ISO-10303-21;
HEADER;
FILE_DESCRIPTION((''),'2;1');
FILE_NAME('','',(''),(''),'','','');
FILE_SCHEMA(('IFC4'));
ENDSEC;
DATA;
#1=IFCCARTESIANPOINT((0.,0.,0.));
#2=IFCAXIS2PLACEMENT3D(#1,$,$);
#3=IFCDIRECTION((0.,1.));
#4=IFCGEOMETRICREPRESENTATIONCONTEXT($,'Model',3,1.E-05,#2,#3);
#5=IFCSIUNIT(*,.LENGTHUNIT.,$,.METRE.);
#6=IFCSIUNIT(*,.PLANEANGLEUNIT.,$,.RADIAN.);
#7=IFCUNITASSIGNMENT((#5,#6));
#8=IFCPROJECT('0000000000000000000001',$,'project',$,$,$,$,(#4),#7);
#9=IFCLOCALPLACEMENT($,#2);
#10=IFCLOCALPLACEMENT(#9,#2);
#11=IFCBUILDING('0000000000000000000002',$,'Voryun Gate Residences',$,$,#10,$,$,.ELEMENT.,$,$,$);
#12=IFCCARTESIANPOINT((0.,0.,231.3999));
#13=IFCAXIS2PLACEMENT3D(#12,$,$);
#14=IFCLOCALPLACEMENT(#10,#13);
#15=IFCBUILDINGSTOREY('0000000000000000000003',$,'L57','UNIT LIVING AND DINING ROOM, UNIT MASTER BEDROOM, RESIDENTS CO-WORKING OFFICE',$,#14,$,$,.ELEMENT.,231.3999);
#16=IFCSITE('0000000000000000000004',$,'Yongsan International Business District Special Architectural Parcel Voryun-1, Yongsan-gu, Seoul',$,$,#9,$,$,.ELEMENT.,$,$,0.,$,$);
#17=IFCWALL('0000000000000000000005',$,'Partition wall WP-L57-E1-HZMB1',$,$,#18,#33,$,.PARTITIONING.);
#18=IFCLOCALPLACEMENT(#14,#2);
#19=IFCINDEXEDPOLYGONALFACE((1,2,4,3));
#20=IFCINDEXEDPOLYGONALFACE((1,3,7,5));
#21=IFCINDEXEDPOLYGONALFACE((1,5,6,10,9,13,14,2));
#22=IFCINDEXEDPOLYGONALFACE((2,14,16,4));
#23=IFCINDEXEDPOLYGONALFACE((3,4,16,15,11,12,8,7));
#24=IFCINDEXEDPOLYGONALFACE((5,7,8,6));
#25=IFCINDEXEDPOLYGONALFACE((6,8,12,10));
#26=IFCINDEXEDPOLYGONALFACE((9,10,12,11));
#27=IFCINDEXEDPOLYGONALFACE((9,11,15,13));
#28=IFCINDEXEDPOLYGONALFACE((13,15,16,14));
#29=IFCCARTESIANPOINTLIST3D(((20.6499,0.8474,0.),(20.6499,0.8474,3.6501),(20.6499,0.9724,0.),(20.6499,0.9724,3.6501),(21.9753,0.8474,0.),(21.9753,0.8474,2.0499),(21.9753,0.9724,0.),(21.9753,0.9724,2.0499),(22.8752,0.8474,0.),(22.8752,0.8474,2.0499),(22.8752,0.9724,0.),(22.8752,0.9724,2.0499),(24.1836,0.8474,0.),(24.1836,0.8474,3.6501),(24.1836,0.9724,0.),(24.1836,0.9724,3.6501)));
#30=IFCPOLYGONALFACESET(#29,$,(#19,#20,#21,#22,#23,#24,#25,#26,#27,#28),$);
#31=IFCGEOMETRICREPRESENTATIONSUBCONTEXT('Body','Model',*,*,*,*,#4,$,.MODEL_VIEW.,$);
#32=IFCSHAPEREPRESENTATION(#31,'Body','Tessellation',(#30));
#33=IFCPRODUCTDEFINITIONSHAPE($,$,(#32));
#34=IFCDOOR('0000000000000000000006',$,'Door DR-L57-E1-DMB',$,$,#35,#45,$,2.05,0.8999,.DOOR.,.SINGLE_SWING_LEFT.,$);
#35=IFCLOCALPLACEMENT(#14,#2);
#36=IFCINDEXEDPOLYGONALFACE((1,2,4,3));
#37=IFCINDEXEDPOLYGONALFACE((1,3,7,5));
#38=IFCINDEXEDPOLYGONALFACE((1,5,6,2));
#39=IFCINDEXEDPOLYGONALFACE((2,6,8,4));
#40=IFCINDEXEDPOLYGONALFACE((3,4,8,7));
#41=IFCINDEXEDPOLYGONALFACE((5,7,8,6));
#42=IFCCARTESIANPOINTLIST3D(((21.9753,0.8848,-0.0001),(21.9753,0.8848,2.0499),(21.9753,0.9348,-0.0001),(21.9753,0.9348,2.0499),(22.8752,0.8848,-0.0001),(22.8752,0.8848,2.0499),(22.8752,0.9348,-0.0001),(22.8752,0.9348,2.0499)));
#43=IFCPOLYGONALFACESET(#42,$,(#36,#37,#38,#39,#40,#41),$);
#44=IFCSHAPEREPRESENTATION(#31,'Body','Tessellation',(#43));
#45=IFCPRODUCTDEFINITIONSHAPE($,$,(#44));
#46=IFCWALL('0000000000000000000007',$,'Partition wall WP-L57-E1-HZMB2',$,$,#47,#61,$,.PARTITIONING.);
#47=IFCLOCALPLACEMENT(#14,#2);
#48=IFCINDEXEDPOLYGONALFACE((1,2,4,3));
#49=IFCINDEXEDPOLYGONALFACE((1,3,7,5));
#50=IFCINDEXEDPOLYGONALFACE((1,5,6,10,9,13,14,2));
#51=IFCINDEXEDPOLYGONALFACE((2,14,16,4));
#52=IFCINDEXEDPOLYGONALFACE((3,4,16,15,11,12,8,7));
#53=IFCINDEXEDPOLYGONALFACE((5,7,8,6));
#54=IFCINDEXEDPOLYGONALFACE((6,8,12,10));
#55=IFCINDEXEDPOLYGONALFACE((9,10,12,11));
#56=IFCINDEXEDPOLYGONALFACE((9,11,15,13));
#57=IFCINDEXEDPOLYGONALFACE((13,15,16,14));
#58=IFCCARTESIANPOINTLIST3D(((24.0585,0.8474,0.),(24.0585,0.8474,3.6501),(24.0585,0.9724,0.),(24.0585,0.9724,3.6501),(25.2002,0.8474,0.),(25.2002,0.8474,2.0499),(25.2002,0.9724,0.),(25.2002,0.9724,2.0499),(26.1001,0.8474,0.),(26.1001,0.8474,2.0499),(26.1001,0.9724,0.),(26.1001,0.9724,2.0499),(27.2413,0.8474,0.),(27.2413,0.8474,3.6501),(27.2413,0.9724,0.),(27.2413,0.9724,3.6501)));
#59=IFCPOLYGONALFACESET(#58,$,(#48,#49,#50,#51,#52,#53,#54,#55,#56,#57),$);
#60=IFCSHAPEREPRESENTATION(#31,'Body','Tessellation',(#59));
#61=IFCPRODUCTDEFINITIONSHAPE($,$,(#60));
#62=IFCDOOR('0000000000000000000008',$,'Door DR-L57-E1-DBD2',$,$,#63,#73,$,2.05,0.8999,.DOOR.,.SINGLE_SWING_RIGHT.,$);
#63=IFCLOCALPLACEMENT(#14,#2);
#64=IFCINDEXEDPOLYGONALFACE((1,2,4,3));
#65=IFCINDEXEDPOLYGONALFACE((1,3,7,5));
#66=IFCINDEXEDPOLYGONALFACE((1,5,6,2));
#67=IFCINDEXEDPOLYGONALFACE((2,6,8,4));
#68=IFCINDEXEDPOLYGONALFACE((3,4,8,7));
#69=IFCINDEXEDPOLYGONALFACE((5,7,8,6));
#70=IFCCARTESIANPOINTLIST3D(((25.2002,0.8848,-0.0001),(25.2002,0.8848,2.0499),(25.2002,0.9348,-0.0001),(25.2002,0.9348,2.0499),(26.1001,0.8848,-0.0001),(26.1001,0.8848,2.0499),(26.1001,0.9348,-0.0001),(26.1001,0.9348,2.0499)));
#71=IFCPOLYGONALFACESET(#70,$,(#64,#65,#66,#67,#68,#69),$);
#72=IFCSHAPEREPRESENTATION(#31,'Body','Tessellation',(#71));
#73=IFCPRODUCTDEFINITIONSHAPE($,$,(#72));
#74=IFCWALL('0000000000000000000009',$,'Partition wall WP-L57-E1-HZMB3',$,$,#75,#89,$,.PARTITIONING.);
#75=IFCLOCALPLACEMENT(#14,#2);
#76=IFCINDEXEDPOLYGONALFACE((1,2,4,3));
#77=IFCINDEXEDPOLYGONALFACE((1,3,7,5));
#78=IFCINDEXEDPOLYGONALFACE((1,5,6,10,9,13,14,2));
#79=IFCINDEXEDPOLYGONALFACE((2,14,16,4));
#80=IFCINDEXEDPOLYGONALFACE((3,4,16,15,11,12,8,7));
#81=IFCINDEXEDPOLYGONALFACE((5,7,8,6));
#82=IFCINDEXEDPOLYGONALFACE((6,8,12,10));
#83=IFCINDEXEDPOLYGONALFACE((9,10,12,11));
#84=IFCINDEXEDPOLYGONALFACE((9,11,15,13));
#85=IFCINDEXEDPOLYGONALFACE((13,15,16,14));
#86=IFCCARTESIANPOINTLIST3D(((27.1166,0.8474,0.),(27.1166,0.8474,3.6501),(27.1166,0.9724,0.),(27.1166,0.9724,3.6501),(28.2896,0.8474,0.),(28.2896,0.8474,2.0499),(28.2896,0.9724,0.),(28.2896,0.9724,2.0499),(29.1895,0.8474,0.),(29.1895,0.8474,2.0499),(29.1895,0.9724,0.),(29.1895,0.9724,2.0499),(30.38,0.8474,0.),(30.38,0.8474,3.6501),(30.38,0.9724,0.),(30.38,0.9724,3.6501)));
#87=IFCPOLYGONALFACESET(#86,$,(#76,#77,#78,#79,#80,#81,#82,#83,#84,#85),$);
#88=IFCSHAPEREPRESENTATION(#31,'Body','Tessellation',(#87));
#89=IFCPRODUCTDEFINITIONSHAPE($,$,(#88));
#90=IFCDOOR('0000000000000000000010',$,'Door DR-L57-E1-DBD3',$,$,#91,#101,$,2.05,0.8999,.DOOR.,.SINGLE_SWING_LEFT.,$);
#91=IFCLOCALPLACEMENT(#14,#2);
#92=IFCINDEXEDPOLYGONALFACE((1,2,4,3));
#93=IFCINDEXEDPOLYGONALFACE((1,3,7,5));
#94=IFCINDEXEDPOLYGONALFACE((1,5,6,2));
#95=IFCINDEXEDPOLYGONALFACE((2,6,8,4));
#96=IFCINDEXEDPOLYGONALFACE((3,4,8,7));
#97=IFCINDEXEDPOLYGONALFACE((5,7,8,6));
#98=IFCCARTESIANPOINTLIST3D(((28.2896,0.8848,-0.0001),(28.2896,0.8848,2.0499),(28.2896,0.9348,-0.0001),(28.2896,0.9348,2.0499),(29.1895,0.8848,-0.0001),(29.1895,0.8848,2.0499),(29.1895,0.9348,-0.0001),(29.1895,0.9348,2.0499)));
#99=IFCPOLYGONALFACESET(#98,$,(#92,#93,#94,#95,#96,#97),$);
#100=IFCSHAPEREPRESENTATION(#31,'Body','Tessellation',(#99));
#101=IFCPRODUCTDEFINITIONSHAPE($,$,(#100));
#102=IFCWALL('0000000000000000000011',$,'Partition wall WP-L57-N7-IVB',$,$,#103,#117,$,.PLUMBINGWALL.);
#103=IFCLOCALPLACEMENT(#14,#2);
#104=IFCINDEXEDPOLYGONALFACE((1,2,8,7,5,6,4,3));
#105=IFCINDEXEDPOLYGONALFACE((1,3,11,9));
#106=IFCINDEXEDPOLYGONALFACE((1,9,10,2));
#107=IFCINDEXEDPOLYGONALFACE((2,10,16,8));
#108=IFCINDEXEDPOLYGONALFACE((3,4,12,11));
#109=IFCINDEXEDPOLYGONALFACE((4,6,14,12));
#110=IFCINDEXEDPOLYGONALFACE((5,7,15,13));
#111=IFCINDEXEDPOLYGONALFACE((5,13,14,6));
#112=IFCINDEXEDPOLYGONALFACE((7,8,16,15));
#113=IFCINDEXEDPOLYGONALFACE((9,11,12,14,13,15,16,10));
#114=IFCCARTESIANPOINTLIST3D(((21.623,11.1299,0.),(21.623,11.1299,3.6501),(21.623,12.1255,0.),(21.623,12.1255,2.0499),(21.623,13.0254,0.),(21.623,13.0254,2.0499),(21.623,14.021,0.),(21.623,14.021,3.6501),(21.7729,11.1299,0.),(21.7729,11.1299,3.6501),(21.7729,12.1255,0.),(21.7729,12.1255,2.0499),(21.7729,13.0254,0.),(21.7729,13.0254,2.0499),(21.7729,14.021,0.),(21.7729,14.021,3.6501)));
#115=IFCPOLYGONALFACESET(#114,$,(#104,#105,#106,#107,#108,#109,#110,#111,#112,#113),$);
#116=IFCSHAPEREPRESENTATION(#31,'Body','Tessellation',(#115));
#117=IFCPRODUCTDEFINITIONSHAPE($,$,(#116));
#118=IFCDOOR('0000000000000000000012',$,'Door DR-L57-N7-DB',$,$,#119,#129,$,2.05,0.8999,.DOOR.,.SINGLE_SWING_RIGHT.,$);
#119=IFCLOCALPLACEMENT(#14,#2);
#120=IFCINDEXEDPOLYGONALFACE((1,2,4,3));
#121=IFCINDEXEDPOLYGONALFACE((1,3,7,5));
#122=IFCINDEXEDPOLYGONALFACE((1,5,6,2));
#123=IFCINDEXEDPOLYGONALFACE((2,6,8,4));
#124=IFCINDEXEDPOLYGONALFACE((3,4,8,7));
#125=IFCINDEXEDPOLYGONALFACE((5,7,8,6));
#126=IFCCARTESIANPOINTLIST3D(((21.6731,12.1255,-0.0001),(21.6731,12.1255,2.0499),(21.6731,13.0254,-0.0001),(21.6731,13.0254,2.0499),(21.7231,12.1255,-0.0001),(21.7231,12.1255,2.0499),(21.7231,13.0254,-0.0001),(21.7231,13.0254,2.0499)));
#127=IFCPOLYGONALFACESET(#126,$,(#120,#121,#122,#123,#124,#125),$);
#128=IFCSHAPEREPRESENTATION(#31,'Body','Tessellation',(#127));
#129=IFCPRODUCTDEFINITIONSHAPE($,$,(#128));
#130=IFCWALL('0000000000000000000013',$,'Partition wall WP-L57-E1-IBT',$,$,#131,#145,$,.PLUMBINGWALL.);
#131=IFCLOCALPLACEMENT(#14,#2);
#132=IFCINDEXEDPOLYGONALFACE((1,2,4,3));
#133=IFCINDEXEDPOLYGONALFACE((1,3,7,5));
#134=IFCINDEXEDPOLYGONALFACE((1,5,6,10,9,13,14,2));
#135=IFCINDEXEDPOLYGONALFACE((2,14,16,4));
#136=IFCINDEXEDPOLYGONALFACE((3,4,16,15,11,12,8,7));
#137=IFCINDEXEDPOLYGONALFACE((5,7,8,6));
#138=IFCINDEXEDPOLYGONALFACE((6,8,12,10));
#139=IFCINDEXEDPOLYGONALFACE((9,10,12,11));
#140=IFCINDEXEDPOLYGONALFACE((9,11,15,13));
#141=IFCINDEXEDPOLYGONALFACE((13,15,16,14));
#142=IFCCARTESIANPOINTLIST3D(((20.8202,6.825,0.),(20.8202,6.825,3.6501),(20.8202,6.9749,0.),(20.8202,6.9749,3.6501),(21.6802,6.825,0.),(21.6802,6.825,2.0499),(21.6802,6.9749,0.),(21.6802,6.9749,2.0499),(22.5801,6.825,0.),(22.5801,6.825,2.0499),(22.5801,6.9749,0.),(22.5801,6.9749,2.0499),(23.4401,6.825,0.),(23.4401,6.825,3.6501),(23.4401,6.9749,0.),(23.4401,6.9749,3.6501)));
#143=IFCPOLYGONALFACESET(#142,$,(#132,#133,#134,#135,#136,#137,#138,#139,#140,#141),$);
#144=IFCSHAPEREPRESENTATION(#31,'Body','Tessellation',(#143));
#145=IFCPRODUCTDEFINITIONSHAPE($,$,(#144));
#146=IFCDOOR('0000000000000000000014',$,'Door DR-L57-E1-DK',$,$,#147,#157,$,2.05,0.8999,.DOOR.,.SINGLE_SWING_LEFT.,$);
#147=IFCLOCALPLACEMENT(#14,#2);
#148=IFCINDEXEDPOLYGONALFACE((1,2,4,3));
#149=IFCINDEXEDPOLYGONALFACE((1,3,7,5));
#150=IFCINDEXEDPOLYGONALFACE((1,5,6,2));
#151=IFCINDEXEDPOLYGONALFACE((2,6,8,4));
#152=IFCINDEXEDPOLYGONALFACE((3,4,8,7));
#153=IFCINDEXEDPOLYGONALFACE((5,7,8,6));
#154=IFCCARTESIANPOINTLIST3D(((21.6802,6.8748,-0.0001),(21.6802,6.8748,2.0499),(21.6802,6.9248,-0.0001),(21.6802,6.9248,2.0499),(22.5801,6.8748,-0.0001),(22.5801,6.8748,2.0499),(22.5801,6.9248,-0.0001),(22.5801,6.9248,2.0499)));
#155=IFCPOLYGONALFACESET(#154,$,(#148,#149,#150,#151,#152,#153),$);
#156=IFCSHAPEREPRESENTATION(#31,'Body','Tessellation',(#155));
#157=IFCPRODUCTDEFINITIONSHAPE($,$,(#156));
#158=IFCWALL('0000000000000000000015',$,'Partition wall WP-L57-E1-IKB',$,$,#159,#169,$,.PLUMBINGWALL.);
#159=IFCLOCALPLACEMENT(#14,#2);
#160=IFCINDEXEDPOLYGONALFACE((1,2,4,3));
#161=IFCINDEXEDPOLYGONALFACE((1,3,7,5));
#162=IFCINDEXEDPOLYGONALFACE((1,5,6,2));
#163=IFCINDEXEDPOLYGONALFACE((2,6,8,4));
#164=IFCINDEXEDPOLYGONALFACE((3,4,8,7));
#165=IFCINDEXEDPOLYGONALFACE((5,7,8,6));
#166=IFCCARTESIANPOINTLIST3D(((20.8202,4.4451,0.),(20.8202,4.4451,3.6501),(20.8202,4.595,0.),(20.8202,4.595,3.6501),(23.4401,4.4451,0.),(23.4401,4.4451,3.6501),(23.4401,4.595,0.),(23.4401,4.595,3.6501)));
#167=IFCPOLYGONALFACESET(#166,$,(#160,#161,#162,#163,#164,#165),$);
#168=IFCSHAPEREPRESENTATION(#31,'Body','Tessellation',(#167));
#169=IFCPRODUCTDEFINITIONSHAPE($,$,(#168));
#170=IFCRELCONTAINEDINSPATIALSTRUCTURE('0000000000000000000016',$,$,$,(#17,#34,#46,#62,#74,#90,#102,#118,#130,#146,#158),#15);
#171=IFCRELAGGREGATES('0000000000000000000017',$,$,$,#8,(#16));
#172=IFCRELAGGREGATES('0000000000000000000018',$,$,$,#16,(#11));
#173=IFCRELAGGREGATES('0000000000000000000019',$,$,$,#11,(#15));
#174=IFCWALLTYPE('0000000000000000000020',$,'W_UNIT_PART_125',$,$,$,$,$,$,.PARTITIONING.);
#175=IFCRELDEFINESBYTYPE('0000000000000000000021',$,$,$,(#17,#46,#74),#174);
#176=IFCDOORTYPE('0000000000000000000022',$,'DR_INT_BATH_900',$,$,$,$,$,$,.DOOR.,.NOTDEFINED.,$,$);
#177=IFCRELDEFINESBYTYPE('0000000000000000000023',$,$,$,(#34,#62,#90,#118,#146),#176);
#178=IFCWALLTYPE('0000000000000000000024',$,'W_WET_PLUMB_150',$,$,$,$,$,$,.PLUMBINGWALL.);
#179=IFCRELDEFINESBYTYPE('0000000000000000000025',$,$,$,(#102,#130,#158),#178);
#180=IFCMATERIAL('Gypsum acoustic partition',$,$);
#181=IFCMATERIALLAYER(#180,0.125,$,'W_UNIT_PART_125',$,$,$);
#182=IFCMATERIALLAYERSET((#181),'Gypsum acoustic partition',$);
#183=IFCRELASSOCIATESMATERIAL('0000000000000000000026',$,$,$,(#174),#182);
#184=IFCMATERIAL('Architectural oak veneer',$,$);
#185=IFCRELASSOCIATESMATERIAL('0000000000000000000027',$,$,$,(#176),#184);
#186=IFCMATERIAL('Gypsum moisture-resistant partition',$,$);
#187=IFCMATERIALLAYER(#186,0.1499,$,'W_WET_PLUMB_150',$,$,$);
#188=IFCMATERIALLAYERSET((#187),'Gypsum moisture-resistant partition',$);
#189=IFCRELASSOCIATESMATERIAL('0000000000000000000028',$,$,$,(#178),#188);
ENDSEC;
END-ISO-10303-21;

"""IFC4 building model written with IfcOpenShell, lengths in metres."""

from ifc_helpers import new_model, si_unit, direction, frame, frame_2d, origin, place, context, subcontext, project, spatial, rectangle, extrude, material, layer, layer_set, type_object, element, fill, save


model = new_model("IFC4")

# Units and contexts
model_context = context("Model", 3, precision=1e-05, world=origin(), true_north=direction((0.0, 1.0)))
body_context = subcontext(model_context, "Body", "Model", "MODEL_VIEW")
ifc_project = project(units=[si_unit("LENGTHUNIT", "METRE"), si_unit("PLANEANGLEUNIT", "RADIAN")], contexts=[model_context])

# Site, building, storey
site_placement = place(None, origin())
site = spatial("IfcSite", under=ifc_project, at=site_placement, Name="Yongsan International Business District Special Architectural Parcel Voryun-1, Yongsan-gu, Seoul", CompositionType="ELEMENT", RefElevation=0.0)
building_placement = place(site_placement, origin())
building = spatial("IfcBuilding", under=site, at=building_placement, Name="Voryun Gate Residences", CompositionType="ELEMENT")
storey_placement = place(building_placement, frame((0.0, 0.0, 231.3999)))
storey = spatial("IfcBuildingStorey", under=building, at=storey_placement, Name="L57", Description="UNIT LIVING AND DINING ROOM, UNIT MASTER BEDROOM, RESIDENTS CO-WORKING OFFICE", CompositionType="ELEMENT", Elevation=231.3999)

# Walls, openings, doors
ifc_material_1 = material(Name="Gypsum acoustic partition")
ifc_layer_1 = layer(ifc_material_1, 0.125, Name="W_UNIT_PART_125")
ifc_layer_set_1 = layer_set([ifc_layer_1], Name="Gypsum acoustic partition")
wall_type_1 = type_object("IfcWallType", Name="W_UNIT_PART_125", PredefinedType="PARTITIONING", material=ifc_layer_set_1)
wall_1_placement = place(storey_placement, frame((20.6499, 0.9099, 0.0), z_axis=(0.0, 0.0, 1.0), x_axis=(1.0, 0.0, 0.0)))
wall_1 = element("IfcWall", 1, at=wall_1_placement, inside=storey, type_object=wall_type_1, Name="Partition wall WP-L57-E1-HZMB1", PredefinedType="PARTITIONING", context=body_context, shape_type="SweptSolid", body=[
    extrude(rectangle(XDim=3.5337, YDim=0.125, at=frame_2d((1.7668, 0.0))), origin(), (0.0, 0.0, 1.0), 3.6501),
])
opening_1_placement = place(wall_1_placement, frame((1.3254, 0.0, 0.0)))
opening_1 = element("IfcOpeningElement", 2, at=opening_1_placement, cuts=wall_1, PredefinedType="OPENING", context=body_context, shape_type="SweptSolid", body=[
    extrude(rectangle(XDim=0.8999, YDim=2.05, at=frame_2d((0.45, 1.0249))), frame((0.0, 0.0725, 0.0), z_axis=(0.0, -1.0, 0.0), x_axis=(1.0, 0.0, 0.0)), (0.0, 0.0, 1.0), 0.145),
])
ifc_material_2 = material(Name="Architectural oak veneer")
door_type_1 = type_object("IfcDoorType", Name="DR_INT_BATH_900", OperationType="NOTDEFINED", PredefinedType="DOOR", material=ifc_material_2)
door_1_placement = place(opening_1_placement, origin())
door_1 = element("IfcDoor", 3, at=door_1_placement, inside=storey, type_object=door_type_1, Name="Door DR-L57-E1-DMB", OperationType="SINGLE_SWING_LEFT", OverallHeight=2.05, OverallWidth=0.8999, PredefinedType="DOOR", context=body_context, shape_type="SweptSolid", body=[
    extrude(rectangle(XDim=0.8999, YDim=2.05, at=frame_2d((0.45, 1.0249))), frame((0.0, 0.0249, 0.0), z_axis=(0.0, -1.0, 0.0), x_axis=(1.0, 0.0, 0.0)), (0.0, 0.0, 1.0), 0.05),
])
fill(opening_1, door_1)
wall_2_placement = place(storey_placement, frame((24.0586, 0.9099, 0.0), z_axis=(0.0, 0.0, 1.0), x_axis=(1.0, 0.0, 0.0)))
wall_2 = element("IfcWall", 4, at=wall_2_placement, inside=storey, type_object=wall_type_1, Name="Partition wall WP-L57-E1-HZMB2", PredefinedType="PARTITIONING", context=body_context, shape_type="SweptSolid", body=[
    extrude(rectangle(XDim=3.1829, YDim=0.125, at=frame_2d((1.5913, 0.0))), origin(), (0.0, 0.0, 1.0), 3.6501),
])
opening_2_placement = place(wall_2_placement, frame((1.1416, 0.0, 0.0)))
opening_2 = element("IfcOpeningElement", 5, at=opening_2_placement, cuts=wall_2, PredefinedType="OPENING", context=body_context, shape_type="SweptSolid", body=[
    extrude(rectangle(XDim=0.8999, YDim=2.05, at=frame_2d((0.45, 1.0249))), frame((0.0, 0.0725, 0.0), z_axis=(0.0, -1.0, 0.0), x_axis=(1.0, 0.0, 0.0)), (0.0, 0.0, 1.0), 0.145),
])
door_2_placement = place(opening_2_placement, origin())
door_2 = element("IfcDoor", 6, at=door_2_placement, inside=storey, type_object=door_type_1, Name="Door DR-L57-E1-DBD2", OperationType="SINGLE_SWING_RIGHT", OverallHeight=2.05, OverallWidth=0.8999, PredefinedType="DOOR", context=body_context, shape_type="SweptSolid", body=[
    extrude(rectangle(XDim=0.8999, YDim=2.05, at=frame_2d((0.45, 1.0249))), frame((0.0, 0.0249, 0.0), z_axis=(0.0, -1.0, 0.0), x_axis=(1.0, 0.0, 0.0)), (0.0, 0.0, 1.0), 0.05),
])
fill(opening_2, door_2)
wall_3_placement = place(storey_placement, frame((27.1165, 0.9099, 0.0), z_axis=(0.0, 0.0, 1.0), x_axis=(1.0, 0.0, 0.0)))
wall_3 = element("IfcWall", 7, at=wall_3_placement, inside=storey, type_object=wall_type_1, Name="Partition wall WP-L57-E1-HZMB3", PredefinedType="PARTITIONING", context=body_context, shape_type="SweptSolid", body=[
    extrude(rectangle(XDim=3.2634, YDim=0.125, at=frame_2d((1.6318, 0.0))), origin(), (0.0, 0.0, 1.0), 3.6501),
])
opening_3_placement = place(wall_3_placement, frame((1.1731, 0.0, 0.0)))
opening_3 = element("IfcOpeningElement", 8, at=opening_3_placement, cuts=wall_3, PredefinedType="OPENING", context=body_context, shape_type="SweptSolid", body=[
    extrude(rectangle(XDim=0.8999, YDim=2.05, at=frame_2d((0.45, 1.0249))), frame((0.0, 0.0725, 0.0), z_axis=(0.0, -1.0, 0.0), x_axis=(1.0, 0.0, 0.0)), (0.0, 0.0, 1.0), 0.145),
])
door_3_placement = place(opening_3_placement, origin())
door_3 = element("IfcDoor", 9, at=door_3_placement, inside=storey, type_object=door_type_1, Name="Door DR-L57-E1-DBD3", OperationType="SINGLE_SWING_LEFT", OverallHeight=2.05, OverallWidth=0.8999, PredefinedType="DOOR", context=body_context, shape_type="SweptSolid", body=[
    extrude(rectangle(XDim=0.8999, YDim=2.05, at=frame_2d((0.45, 1.0249))), frame((0.0, 0.0249, 0.0), z_axis=(0.0, -1.0, 0.0), x_axis=(1.0, 0.0, 0.0)), (0.0, 0.0, 1.0), 0.05),
])
fill(opening_3, door_3)
ifc_material_3 = material(Name="Gypsum moisture-resistant partition")
ifc_layer_2 = layer(ifc_material_3, 0.1499, Name="W_WET_PLUMB_150")
ifc_layer_set_2 = layer_set([ifc_layer_2], Name="Gypsum moisture-resistant partition")
wall_type_2 = type_object("IfcWallType", Name="W_WET_PLUMB_150", PredefinedType="PLUMBINGWALL", material=ifc_layer_set_2)
wall_4_placement = place(storey_placement, frame((21.698, 11.1299, 0.0), z_axis=(0.0, 0.0, 1.0), x_axis=(0.0, 1.0, 0.0)))
wall_4 = element("IfcWall", 10, at=wall_4_placement, inside=storey, type_object=wall_type_2, Name="Partition wall WP-L57-N7-IVB", PredefinedType="PLUMBINGWALL", context=body_context, shape_type="SweptSolid", body=[
    extrude(rectangle(XDim=2.8911, YDim=0.1499, at=frame_2d((1.4456, 0.0))), origin(), (0.0, 0.0, 1.0), 3.6501),
])
opening_4_placement = place(wall_4_placement, frame((0.9956, 0.0, 0.0)))
opening_4 = element("IfcOpeningElement", 11, at=opening_4_placement, cuts=wall_4, PredefinedType="OPENING", context=body_context, shape_type="SweptSolid", body=[
    extrude(rectangle(XDim=0.8999, YDim=2.05, at=frame_2d((0.45, 1.0249))), frame((0.0, 0.085, 0.0), z_axis=(0.0, -1.0, 0.0), x_axis=(1.0, 0.0, 0.0)), (0.0, 0.0, 1.0), 0.1699),
])
door_4_placement = place(opening_4_placement, origin())
door_4 = element("IfcDoor", 12, at=door_4_placement, inside=storey, type_object=door_type_1, Name="Door DR-L57-N7-DB", OperationType="SINGLE_SWING_RIGHT", OverallHeight=2.05, OverallWidth=0.8999, PredefinedType="DOOR", context=body_context, shape_type="SweptSolid", body=[
    extrude(rectangle(XDim=0.8999, YDim=2.05, at=frame_2d((0.45, 1.0249))), frame((0.0, 0.0249, 0.0), z_axis=(0.0, -1.0, 0.0), x_axis=(1.0, 0.0, 0.0)), (0.0, 0.0, 1.0), 0.05),
])
fill(opening_4, door_4)
wall_5_placement = place(storey_placement, frame((20.8201, 6.8999, 0.0), z_axis=(0.0, 0.0, 1.0), x_axis=(1.0, 0.0, 0.0)))
wall_5 = element("IfcWall", 13, at=wall_5_placement, inside=storey, type_object=wall_type_2, Name="Partition wall WP-L57-E1-IBT", PredefinedType="PLUMBINGWALL", context=body_context, shape_type="SweptSolid", body=[
    extrude(rectangle(XDim=2.6199, YDim=0.1499, at=frame_2d((1.3101, 0.0))), origin(), (0.0, 0.0, 1.0), 3.6501),
])
opening_5_placement = place(wall_5_placement, frame((0.8601, 0.0, 0.0)))
opening_5 = element("IfcOpeningElement", 14, at=opening_5_placement, cuts=wall_5, PredefinedType="OPENING", context=body_context, shape_type="SweptSolid", body=[
    extrude(rectangle(XDim=0.8999, YDim=2.05, at=frame_2d((0.45, 1.0249))), frame((0.0, 0.085, 0.0), z_axis=(0.0, -1.0, 0.0), x_axis=(1.0, 0.0, 0.0)), (0.0, 0.0, 1.0), 0.1699),
])
door_5_placement = place(opening_5_placement, origin())
door_5 = element("IfcDoor", 15, at=door_5_placement, inside=storey, type_object=door_type_1, Name="Door DR-L57-E1-DK", OperationType="SINGLE_SWING_LEFT", OverallHeight=2.05, OverallWidth=0.8999, PredefinedType="DOOR", context=body_context, shape_type="SweptSolid", body=[
    extrude(rectangle(XDim=0.8999, YDim=2.05, at=frame_2d((0.45, 1.0249))), frame((0.0, 0.0249, 0.0), z_axis=(0.0, -1.0, 0.0), x_axis=(1.0, 0.0, 0.0)), (0.0, 0.0, 1.0), 0.05),
])
fill(opening_5, door_5)

# Wall
for number, where, z_axis, x_axis, name in (
    (16, (20.8201, 4.52, 0.0), (0.0, 0.0, 1.0), (1.0, 0.0, 0.0), "Partition wall WP-L57-E1-IKB"),
):
    element("IfcWall", number, at=place(storey_placement, frame(where, z_axis=z_axis, x_axis=x_axis)), inside=storey, type_object=wall_type_2, Name=name, PredefinedType="PLUMBINGWALL", context=body_context, shape_type="SweptSolid", body=[
        extrude(rectangle(XDim=2.6199, YDim=0.1499, at=frame_2d((1.3101, 0.0))), origin(), (0.0, 0.0, 1.0), 3.6501),
    ])

save(model, "model.ifc")
